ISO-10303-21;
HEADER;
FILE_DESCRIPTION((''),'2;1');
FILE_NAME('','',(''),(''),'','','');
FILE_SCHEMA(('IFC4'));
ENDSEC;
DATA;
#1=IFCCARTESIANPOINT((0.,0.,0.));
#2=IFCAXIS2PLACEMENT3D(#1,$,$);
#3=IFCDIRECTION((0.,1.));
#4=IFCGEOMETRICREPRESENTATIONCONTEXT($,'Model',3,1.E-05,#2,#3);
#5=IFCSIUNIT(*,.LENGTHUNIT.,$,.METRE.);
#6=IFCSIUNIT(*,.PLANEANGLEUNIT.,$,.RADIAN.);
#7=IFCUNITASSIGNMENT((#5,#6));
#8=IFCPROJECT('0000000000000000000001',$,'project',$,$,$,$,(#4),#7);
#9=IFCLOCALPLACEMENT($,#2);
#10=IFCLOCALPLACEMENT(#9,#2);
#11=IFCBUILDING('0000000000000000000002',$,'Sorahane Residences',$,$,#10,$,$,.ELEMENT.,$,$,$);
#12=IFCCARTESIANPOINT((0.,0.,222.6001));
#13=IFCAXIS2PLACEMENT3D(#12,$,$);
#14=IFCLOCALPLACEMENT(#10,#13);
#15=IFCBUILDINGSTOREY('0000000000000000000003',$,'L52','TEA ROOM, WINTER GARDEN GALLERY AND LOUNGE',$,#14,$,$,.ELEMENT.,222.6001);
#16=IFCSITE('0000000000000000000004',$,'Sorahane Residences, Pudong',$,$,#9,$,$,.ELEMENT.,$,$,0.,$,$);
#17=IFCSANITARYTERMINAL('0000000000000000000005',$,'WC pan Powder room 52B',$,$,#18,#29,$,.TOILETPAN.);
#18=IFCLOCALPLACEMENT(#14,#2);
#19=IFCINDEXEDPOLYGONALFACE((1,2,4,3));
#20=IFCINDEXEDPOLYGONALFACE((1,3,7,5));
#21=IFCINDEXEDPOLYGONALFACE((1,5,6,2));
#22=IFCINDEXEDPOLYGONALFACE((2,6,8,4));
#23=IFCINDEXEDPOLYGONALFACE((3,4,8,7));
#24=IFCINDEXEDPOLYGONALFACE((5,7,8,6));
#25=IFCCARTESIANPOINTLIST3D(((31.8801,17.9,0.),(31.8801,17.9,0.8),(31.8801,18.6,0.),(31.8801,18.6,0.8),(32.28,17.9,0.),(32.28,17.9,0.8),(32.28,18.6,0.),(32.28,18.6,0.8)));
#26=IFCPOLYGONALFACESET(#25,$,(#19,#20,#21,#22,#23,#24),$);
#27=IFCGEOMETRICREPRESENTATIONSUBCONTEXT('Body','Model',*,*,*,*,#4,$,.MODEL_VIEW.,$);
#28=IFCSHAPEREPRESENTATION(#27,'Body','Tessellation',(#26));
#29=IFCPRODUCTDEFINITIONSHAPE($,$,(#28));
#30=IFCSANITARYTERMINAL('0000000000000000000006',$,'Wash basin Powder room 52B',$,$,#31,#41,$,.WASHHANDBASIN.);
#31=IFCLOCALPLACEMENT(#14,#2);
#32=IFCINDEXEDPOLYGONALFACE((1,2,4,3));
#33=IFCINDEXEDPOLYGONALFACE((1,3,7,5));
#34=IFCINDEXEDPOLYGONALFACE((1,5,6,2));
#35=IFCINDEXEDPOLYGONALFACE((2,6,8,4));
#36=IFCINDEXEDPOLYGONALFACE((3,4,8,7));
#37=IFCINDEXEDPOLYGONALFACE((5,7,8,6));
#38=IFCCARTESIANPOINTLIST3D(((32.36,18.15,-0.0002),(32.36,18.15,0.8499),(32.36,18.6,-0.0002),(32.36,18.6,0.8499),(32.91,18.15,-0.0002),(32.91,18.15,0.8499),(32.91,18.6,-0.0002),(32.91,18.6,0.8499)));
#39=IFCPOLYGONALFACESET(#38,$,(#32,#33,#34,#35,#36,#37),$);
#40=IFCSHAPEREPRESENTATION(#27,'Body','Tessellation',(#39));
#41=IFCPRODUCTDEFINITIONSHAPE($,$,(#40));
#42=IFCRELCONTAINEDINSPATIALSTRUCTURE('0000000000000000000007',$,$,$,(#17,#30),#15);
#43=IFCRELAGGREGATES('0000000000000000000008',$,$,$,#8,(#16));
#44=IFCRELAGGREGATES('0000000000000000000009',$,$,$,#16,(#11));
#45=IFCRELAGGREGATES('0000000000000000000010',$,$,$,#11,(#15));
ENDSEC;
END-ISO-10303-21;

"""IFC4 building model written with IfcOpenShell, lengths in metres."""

from ifc_helpers import new_model, si_unit, direction, frame, origin, origin_2d, place, context, subcontext, project, spatial, rectangle, extrude, element, save


model = new_model("IFC4")

# Units and contexts
model_context = context("Model", 3, precision=1e-05, world=origin(), true_north=direction((0.0, 1.0)))
body_context = subcontext(model_context, "Body", "Model", "MODEL_VIEW")
ifc_project = project(units=[si_unit("LENGTHUNIT", "METRE"), si_unit("PLANEANGLEUNIT", "RADIAN")], contexts=[model_context])

# Site, building, storey
site_placement = place(None, origin())
site = spatial("IfcSite", under=ifc_project, at=site_placement, Name="Sorahane Residences, Pudong", CompositionType="ELEMENT", RefElevation=0.0)
building_placement = place(site_placement, origin())
building = spatial("IfcBuilding", under=site, at=building_placement, Name="Sorahane Residences", CompositionType="ELEMENT")
storey_placement = place(building_placement, frame((0.0, 0.0, 222.6001)))
storey = spatial("IfcBuildingStorey", under=building, at=storey_placement, Name="L52", Description="TEA ROOM, WINTER GARDEN GALLERY AND LOUNGE", CompositionType="ELEMENT", Elevation=222.6001)

# Sanitary terminals
sanitary_terminal_1_placement = place(storey_placement, frame((32.0801, 18.25, 0.0), z_axis=(0.0, 0.0, 1.0), x_axis=(1.0, 0.0, 0.0)))
element("IfcSanitaryTerminal", 1, at=sanitary_terminal_1_placement, inside=storey, Name="WC pan Powder room 52B", PredefinedType="TOILETPAN", context=body_context, shape_type="SweptSolid", body=[
    extrude(rectangle(XDim=0.3999, YDim=0.7, at=origin_2d()), origin(), (0.0, 0.0, 1.0), 0.8),
])
sanitary_terminal_2_placement = place(storey_placement, frame((32.635, 18.375, -0.0002), z_axis=(0.0, 0.0, 1.0), x_axis=(1.0, 0.0, 0.0)))
element("IfcSanitaryTerminal", 2, at=sanitary_terminal_2_placement, inside=storey, Name="Wash basin Powder room 52B", PredefinedType="WASHHANDBASIN", context=body_context, shape_type="SweptSolid", body=[
    extrude(rectangle(XDim=0.55, YDim=0.45, at=origin_2d()), origin(), (0.0, 0.0, 1.0), 0.8501),
])

save(model, "model.ifc")
